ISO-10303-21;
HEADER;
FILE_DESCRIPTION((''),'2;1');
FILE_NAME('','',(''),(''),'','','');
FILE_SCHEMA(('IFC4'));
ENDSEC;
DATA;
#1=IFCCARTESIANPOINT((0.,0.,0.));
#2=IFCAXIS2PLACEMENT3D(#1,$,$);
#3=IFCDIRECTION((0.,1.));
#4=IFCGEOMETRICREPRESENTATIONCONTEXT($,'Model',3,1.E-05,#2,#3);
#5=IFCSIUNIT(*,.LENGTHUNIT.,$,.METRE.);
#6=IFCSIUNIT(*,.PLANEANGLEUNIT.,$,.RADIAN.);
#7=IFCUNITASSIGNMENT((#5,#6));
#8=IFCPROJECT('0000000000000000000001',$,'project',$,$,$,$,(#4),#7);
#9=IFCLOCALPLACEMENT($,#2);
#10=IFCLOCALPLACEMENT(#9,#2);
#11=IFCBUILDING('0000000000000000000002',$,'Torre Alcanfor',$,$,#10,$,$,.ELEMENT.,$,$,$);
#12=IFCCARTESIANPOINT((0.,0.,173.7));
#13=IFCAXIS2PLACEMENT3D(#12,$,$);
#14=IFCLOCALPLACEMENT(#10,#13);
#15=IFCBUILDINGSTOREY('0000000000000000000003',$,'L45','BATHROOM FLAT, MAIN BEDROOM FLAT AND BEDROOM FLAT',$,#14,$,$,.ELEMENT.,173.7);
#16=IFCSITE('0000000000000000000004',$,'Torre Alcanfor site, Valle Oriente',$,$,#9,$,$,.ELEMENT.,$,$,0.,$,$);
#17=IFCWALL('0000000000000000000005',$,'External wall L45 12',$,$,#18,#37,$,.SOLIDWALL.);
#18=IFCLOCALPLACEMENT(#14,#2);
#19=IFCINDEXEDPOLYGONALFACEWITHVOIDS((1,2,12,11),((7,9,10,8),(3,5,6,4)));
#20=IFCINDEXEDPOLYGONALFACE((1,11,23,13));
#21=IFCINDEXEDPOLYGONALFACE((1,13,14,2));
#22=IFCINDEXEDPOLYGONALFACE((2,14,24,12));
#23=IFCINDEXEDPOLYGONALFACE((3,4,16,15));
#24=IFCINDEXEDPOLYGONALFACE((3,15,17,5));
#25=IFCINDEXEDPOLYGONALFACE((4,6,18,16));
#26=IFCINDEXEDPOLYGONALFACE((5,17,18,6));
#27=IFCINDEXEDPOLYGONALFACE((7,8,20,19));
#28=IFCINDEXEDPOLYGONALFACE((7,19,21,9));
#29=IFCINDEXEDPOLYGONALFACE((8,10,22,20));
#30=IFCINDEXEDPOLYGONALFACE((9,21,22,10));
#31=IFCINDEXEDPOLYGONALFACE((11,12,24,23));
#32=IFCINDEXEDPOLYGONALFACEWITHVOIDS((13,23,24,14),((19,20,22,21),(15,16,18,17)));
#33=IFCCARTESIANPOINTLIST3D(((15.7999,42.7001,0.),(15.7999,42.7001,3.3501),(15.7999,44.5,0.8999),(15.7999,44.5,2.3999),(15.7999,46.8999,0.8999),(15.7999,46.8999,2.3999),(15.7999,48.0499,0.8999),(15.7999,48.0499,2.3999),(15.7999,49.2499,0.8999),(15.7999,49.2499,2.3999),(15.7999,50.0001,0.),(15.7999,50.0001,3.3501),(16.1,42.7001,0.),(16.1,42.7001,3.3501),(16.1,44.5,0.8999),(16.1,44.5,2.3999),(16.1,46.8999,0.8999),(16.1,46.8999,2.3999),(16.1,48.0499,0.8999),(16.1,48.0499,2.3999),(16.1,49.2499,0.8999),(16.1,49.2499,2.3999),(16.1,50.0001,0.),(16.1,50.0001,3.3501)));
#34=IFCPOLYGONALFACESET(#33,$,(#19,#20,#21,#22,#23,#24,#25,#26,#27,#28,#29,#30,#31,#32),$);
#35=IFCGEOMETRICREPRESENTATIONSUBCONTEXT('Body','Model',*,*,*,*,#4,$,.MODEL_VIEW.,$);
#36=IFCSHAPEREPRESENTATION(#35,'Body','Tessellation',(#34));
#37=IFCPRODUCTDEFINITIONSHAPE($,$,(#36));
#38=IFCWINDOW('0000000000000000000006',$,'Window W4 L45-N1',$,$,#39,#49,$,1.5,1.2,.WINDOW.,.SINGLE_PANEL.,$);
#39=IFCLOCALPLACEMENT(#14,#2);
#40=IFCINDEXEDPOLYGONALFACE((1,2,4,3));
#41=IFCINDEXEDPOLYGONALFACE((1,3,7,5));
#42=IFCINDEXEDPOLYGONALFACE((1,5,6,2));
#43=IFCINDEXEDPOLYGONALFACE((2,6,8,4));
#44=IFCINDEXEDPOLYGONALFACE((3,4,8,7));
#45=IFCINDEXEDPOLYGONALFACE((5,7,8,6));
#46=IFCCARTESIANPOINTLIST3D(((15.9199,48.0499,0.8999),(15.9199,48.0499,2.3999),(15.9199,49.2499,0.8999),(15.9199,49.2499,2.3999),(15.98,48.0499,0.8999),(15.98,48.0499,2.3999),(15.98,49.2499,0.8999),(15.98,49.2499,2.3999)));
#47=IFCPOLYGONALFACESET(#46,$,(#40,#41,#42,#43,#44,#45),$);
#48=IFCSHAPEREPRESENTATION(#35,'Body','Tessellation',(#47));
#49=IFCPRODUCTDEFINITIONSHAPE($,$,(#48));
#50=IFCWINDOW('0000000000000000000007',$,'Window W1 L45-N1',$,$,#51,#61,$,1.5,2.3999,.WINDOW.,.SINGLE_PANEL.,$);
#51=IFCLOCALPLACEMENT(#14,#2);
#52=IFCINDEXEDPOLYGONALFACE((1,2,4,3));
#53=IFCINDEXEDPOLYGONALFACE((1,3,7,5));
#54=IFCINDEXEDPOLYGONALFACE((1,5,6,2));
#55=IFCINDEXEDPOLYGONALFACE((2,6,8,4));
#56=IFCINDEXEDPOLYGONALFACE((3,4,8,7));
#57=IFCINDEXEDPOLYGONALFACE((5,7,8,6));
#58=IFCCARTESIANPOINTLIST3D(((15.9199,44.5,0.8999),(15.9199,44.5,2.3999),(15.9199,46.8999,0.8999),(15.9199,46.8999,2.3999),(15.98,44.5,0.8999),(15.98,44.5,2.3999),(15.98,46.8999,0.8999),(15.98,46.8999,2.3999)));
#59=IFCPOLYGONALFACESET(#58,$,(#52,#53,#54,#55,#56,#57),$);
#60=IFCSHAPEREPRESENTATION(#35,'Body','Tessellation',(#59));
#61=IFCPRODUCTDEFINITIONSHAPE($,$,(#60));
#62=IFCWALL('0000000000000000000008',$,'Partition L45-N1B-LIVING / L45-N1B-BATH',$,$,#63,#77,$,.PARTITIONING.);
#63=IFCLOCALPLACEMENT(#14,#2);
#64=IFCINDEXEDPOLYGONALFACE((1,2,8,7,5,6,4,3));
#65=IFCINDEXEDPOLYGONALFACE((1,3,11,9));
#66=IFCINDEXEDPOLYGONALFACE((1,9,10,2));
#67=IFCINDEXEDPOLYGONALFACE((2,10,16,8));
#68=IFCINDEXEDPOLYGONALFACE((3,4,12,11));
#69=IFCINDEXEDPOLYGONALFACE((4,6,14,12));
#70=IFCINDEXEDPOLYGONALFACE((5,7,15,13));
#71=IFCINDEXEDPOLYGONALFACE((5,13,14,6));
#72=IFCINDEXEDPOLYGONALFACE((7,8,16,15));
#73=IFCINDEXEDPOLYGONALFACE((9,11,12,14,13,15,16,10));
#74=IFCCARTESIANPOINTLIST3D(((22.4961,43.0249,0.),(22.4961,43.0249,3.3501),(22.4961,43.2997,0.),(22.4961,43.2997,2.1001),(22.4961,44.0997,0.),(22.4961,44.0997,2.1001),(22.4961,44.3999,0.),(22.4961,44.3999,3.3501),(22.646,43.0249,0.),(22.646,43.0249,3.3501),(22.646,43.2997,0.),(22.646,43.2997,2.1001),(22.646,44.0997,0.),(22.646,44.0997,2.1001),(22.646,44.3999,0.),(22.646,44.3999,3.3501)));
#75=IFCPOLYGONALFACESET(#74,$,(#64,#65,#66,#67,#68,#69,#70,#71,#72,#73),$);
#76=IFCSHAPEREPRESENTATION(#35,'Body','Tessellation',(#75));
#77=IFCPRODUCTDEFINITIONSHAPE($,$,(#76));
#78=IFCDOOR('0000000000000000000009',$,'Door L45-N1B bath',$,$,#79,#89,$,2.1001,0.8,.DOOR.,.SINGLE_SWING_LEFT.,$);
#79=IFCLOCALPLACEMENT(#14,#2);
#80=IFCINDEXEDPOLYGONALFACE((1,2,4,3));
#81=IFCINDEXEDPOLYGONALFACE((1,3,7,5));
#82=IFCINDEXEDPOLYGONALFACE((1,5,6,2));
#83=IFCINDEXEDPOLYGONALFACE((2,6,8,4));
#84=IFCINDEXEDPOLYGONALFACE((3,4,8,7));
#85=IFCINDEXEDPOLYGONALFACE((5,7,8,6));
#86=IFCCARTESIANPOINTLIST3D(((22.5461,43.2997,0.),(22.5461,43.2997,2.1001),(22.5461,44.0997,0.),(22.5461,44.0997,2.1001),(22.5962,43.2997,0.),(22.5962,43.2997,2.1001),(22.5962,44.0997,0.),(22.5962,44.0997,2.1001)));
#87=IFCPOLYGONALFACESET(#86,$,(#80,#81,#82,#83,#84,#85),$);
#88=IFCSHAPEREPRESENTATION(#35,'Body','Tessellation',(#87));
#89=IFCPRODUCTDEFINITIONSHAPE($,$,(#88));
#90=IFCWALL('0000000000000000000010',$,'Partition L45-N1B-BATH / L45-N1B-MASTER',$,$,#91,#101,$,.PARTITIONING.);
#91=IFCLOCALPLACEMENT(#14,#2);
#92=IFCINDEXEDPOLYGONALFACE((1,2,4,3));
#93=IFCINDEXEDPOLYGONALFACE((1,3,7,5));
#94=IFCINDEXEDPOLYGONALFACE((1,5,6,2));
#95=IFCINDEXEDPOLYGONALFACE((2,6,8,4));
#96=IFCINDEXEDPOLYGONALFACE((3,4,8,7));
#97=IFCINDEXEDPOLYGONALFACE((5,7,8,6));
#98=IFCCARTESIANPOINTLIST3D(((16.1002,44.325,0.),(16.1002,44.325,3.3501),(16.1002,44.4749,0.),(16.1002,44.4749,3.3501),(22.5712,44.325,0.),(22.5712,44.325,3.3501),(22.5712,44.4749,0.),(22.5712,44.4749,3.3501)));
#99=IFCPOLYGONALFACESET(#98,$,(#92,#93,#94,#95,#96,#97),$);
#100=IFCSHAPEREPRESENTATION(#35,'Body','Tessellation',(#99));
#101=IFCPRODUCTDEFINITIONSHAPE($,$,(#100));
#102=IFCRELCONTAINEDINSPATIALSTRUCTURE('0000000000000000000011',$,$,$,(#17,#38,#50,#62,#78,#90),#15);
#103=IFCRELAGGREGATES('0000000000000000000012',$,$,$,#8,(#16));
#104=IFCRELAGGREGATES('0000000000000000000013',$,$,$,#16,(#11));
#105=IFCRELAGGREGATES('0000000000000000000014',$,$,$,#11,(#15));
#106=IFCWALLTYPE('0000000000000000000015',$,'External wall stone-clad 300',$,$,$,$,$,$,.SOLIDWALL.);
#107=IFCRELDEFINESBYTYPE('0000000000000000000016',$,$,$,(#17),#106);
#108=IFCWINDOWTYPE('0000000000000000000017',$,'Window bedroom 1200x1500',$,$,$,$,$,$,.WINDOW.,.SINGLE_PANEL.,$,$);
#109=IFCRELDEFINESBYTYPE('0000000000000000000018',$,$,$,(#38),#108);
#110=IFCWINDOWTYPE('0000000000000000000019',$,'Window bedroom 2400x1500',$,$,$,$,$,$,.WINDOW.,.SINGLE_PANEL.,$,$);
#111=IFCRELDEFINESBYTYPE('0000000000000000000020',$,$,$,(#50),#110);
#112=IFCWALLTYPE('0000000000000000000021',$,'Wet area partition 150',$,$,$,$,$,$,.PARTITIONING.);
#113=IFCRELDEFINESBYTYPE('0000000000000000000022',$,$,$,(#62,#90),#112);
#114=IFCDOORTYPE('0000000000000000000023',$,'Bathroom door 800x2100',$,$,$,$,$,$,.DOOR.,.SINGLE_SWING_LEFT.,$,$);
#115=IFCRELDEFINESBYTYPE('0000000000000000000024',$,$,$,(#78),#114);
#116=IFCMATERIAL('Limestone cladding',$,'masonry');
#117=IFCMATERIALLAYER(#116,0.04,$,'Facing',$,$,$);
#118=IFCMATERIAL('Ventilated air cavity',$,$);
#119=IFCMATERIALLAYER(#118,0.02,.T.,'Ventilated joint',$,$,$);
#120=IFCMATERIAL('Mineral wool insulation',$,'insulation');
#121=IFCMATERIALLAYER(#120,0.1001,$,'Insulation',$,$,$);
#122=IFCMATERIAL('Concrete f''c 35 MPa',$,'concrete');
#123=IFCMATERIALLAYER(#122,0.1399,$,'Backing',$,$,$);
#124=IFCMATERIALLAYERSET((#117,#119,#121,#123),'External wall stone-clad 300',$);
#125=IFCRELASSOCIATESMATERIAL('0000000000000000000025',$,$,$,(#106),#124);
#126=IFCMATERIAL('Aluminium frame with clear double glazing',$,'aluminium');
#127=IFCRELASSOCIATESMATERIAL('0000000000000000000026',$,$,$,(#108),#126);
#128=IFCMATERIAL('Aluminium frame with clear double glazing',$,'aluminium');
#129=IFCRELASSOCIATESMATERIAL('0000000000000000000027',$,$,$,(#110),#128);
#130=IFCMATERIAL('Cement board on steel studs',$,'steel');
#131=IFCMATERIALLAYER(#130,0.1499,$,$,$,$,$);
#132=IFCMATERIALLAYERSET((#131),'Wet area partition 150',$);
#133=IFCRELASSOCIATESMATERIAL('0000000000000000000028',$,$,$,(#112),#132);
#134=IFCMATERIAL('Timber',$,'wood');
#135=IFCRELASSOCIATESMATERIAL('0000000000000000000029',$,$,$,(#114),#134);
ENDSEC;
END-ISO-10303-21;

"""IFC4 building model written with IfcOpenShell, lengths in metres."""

from ifc_helpers import new_model, si_unit, direction, frame, frame_2d, origin, place, context, subcontext, project, spatial, rectangle, extrude, material, layer, layer_set, type_object, element, fill, save


model = new_model("IFC4")

# Units and contexts
model_context = context("Model", 3, precision=1e-05, world=origin(), true_north=direction((0.0, 1.0)))
body_context = subcontext(model_context, "Body", "Model", "MODEL_VIEW")
ifc_project = project(units=[si_unit("LENGTHUNIT", "METRE"), si_unit("PLANEANGLEUNIT", "RADIAN")], contexts=[model_context])

# Site, building, storey
site_placement = place(None, origin())
site = spatial("IfcSite", under=ifc_project, at=site_placement, Name="Torre Alcanfor site, Valle Oriente", CompositionType="ELEMENT", RefElevation=0.0)
building_placement = place(site_placement, origin())
building = spatial("IfcBuilding", under=site, at=building_placement, Name="Torre Alcanfor", CompositionType="ELEMENT")
storey_placement = place(building_placement, frame((0.0, 0.0, 173.7)))
storey = spatial("IfcBuildingStorey", under=building, at=storey_placement, Name="L45", Description="BATHROOM FLAT, MAIN BEDROOM FLAT AND BEDROOM FLAT", CompositionType="ELEMENT", Elevation=173.7)

# Shared definitions
ifc_material_1 = material(Name="Limestone cladding", Category="masonry")
ifc_layer_1 = layer(ifc_material_1, 0.04, Name="Facing")
ifc_material_2 = material(Name="Ventilated air cavity")
ifc_layer_2 = layer(ifc_material_2, 0.02, ventilated=True, Name="Ventilated joint")
ifc_material_3 = material(Name="Mineral wool insulation", Category="insulation")
ifc_layer_3 = layer(ifc_material_3, 0.1001, Name="Insulation")
ifc_material_4 = material(Name="Concrete f'c 35 MPa", Category="concrete")
ifc_layer_4 = layer(ifc_material_4, 0.1399, Name="Backing")
ifc_layer_set_1 = layer_set([ifc_layer_1, ifc_layer_2, ifc_layer_3, ifc_layer_4], Name="External wall stone-clad 300")
wall_type_1 = type_object("IfcWallType", Name="External wall stone-clad 300", PredefinedType="SOLIDWALL", material=ifc_layer_set_1)
ifc_material_5 = material(Name="Aluminium frame with clear double glazing", Category="aluminium")
window_type_1 = type_object("IfcWindowType", Name="Window bedroom 1200x1500", PartitioningType="SINGLE_PANEL", PredefinedType="WINDOW", material=ifc_material_5)

# Wall, openings, windows
wall_1_placement = place(storey_placement, frame((15.95, 50.0, 0.0), z_axis=(0.0, 0.0, 1.0), x_axis=(0.0, -1.0, 0.0)))
wall_1 = element("IfcWall", 1, at=wall_1_placement, inside=storey, type_object=wall_type_1, Name="External wall L45 12", PredefinedType="SOLIDWALL", context=body_context, shape_type="SweptSolid", body=[
    extrude(rectangle(XDim=7.3, YDim=0.3, at=frame_2d((3.6499, 0.0))), origin(), (0.0, 0.0, 1.0), 3.3501),
])
opening_1_placement = place(wall_1_placement, frame((3.1001, 0.0, 0.8999)))
opening_1 = element("IfcOpeningElement", 2, at=opening_1_placement, cuts=wall_1, PredefinedType="OPENING", context=body_context, shape_type="SweptSolid", body=[
    extrude(rectangle(XDim=2.3999, YDim=1.5, at=frame_2d((1.2, 0.75))), frame((0.0, 0.1599, 0.0), z_axis=(0.0, -1.0, 0.0), x_axis=(1.0, 0.0, 0.0)), (0.0, 0.0, 1.0), 0.3201),
])
opening_2_placement = place(wall_1_placement, frame((0.75, 0.0, 0.8999)))
opening_2 = element("IfcOpeningElement", 3, at=opening_2_placement, cuts=wall_1, PredefinedType="OPENING", context=body_context, shape_type="SweptSolid", body=[
    extrude(rectangle(XDim=1.2, YDim=1.5, at=frame_2d((0.6001, 0.75))), frame((0.0, 0.1599, 0.0), z_axis=(0.0, -1.0, 0.0), x_axis=(1.0, 0.0, 0.0)), (0.0, 0.0, 1.0), 0.3201),
])
window_1_placement = place(opening_2_placement, origin())
window_1 = element("IfcWindow", 4, at=window_1_placement, inside=storey, type_object=window_type_1, Name="Window W4 L45-N1", OverallHeight=1.5, OverallWidth=1.2, PartitioningType="SINGLE_PANEL", PredefinedType="WINDOW", context=body_context, shape_type="SweptSolid", body=[
    extrude(rectangle(XDim=1.2, YDim=1.5, at=frame_2d((0.6001, 0.75))), frame((0.0, 0.03, 0.0), z_axis=(0.0, -1.0, 0.0), x_axis=(1.0, 0.0, 0.0)), (0.0, 0.0, 1.0), 0.0601),
])
fill(opening_2, window_1)
ifc_material_6 = material(Name="Aluminium frame with clear double glazing", Category="aluminium")
window_type_2 = type_object("IfcWindowType", Name="Window bedroom 2400x1500", PartitioningType="SINGLE_PANEL", PredefinedType="WINDOW", material=ifc_material_6)
window_2_placement = place(opening_1_placement, origin())
window_2 = element("IfcWindow", 5, at=window_2_placement, inside=storey, type_object=window_type_2, Name="Window W1 L45-N1", OverallHeight=1.5, OverallWidth=2.3999, PartitioningType="SINGLE_PANEL", PredefinedType="WINDOW", context=body_context, shape_type="SweptSolid", body=[
    extrude(rectangle(XDim=2.3999, YDim=1.5, at=frame_2d((1.2, 0.75))), frame((0.0, 0.03, 0.0), z_axis=(0.0, -1.0, 0.0), x_axis=(1.0, 0.0, 0.0)), (0.0, 0.0, 1.0), 0.0601),
])
fill(opening_1, window_2)

# Wall, opening, door
ifc_material_7 = material(Name="Cement board on steel studs", Category="steel")
ifc_layer_5 = layer(ifc_material_7, 0.1499)
ifc_layer_set_2 = layer_set([ifc_layer_5], Name="Wet area partition 150")
wall_type_2 = type_object("IfcWallType", Name="Wet area partition 150", PredefinedType="PARTITIONING", material=ifc_layer_set_2)
wall_2_placement = place(storey_placement, frame((22.571, 43.0249, 0.0), z_axis=(0.0, 0.0, 1.0), x_axis=(0.0, 1.0, 0.0)))
wall_2 = element("IfcWall", 6, at=wall_2_placement, inside=storey, type_object=wall_type_2, Name="Partition L45-N1B-LIVING / L45-N1B-BATH", PredefinedType="PARTITIONING", context=body_context, shape_type="SweptSolid", body=[
    extrude(rectangle(XDim=1.375, YDim=0.1499, at=frame_2d((0.6875, 0.0))), origin(), (0.0, 0.0, 1.0), 3.3501),
])
opening_3_placement = place(wall_2_placement, frame((0.2749, 0.0, 0.0)))
opening_3 = element("IfcOpeningElement", 7, at=opening_3_placement, cuts=wall_2, PredefinedType="OPENING", context=body_context, shape_type="SweptSolid", body=[
    extrude(rectangle(XDim=0.8, YDim=2.1001, at=frame_2d((0.3999, 1.05))), frame((0.0, 0.085, 0.0), z_axis=(0.0, -1.0, 0.0), x_axis=(1.0, 0.0, 0.0)), (0.0, 0.0, 1.0), 0.1699),
])
ifc_material_8 = material(Name="Timber", Category="wood")
door_type_1 = type_object("IfcDoorType", Name="Bathroom door 800x2100", OperationType="SINGLE_SWING_LEFT", PredefinedType="DOOR", material=ifc_material_8)
door_1_placement = place(opening_3_placement, origin())
door_1 = element("IfcDoor", 8, at=door_1_placement, inside=storey, type_object=door_type_1, Name="Door L45-N1B bath", OperationType="SINGLE_SWING_LEFT", OverallHeight=2.1001, OverallWidth=0.8, PredefinedType="DOOR", context=body_context, shape_type="SweptSolid", body=[
    extrude(rectangle(XDim=0.8, YDim=2.1001, at=frame_2d((0.3999, 1.05))), frame((0.0, 0.0249, 0.0), z_axis=(0.0, -1.0, 0.0), x_axis=(1.0, 0.0, 0.0)), (0.0, 0.0, 1.0), 0.05),
])
fill(opening_3, door_1)

# Wall
wall_3_placement = place(storey_placement, frame((22.571, 44.3999, 0.0), z_axis=(0.0, 0.0, 1.0), x_axis=(-1.0, 0.0, 0.0)))
element("IfcWall", 9, at=wall_3_placement, inside=storey, type_object=wall_type_2, Name="Partition L45-N1B-BATH / L45-N1B-MASTER", PredefinedType="PARTITIONING", context=body_context, shape_type="SweptSolid", body=[
    extrude(rectangle(XDim=6.4709, YDim=0.1499, at=frame_2d((3.2354, 0.0))), origin(), (0.0, 0.0, 1.0), 3.3501),
])

save(model, "model.ifc")
